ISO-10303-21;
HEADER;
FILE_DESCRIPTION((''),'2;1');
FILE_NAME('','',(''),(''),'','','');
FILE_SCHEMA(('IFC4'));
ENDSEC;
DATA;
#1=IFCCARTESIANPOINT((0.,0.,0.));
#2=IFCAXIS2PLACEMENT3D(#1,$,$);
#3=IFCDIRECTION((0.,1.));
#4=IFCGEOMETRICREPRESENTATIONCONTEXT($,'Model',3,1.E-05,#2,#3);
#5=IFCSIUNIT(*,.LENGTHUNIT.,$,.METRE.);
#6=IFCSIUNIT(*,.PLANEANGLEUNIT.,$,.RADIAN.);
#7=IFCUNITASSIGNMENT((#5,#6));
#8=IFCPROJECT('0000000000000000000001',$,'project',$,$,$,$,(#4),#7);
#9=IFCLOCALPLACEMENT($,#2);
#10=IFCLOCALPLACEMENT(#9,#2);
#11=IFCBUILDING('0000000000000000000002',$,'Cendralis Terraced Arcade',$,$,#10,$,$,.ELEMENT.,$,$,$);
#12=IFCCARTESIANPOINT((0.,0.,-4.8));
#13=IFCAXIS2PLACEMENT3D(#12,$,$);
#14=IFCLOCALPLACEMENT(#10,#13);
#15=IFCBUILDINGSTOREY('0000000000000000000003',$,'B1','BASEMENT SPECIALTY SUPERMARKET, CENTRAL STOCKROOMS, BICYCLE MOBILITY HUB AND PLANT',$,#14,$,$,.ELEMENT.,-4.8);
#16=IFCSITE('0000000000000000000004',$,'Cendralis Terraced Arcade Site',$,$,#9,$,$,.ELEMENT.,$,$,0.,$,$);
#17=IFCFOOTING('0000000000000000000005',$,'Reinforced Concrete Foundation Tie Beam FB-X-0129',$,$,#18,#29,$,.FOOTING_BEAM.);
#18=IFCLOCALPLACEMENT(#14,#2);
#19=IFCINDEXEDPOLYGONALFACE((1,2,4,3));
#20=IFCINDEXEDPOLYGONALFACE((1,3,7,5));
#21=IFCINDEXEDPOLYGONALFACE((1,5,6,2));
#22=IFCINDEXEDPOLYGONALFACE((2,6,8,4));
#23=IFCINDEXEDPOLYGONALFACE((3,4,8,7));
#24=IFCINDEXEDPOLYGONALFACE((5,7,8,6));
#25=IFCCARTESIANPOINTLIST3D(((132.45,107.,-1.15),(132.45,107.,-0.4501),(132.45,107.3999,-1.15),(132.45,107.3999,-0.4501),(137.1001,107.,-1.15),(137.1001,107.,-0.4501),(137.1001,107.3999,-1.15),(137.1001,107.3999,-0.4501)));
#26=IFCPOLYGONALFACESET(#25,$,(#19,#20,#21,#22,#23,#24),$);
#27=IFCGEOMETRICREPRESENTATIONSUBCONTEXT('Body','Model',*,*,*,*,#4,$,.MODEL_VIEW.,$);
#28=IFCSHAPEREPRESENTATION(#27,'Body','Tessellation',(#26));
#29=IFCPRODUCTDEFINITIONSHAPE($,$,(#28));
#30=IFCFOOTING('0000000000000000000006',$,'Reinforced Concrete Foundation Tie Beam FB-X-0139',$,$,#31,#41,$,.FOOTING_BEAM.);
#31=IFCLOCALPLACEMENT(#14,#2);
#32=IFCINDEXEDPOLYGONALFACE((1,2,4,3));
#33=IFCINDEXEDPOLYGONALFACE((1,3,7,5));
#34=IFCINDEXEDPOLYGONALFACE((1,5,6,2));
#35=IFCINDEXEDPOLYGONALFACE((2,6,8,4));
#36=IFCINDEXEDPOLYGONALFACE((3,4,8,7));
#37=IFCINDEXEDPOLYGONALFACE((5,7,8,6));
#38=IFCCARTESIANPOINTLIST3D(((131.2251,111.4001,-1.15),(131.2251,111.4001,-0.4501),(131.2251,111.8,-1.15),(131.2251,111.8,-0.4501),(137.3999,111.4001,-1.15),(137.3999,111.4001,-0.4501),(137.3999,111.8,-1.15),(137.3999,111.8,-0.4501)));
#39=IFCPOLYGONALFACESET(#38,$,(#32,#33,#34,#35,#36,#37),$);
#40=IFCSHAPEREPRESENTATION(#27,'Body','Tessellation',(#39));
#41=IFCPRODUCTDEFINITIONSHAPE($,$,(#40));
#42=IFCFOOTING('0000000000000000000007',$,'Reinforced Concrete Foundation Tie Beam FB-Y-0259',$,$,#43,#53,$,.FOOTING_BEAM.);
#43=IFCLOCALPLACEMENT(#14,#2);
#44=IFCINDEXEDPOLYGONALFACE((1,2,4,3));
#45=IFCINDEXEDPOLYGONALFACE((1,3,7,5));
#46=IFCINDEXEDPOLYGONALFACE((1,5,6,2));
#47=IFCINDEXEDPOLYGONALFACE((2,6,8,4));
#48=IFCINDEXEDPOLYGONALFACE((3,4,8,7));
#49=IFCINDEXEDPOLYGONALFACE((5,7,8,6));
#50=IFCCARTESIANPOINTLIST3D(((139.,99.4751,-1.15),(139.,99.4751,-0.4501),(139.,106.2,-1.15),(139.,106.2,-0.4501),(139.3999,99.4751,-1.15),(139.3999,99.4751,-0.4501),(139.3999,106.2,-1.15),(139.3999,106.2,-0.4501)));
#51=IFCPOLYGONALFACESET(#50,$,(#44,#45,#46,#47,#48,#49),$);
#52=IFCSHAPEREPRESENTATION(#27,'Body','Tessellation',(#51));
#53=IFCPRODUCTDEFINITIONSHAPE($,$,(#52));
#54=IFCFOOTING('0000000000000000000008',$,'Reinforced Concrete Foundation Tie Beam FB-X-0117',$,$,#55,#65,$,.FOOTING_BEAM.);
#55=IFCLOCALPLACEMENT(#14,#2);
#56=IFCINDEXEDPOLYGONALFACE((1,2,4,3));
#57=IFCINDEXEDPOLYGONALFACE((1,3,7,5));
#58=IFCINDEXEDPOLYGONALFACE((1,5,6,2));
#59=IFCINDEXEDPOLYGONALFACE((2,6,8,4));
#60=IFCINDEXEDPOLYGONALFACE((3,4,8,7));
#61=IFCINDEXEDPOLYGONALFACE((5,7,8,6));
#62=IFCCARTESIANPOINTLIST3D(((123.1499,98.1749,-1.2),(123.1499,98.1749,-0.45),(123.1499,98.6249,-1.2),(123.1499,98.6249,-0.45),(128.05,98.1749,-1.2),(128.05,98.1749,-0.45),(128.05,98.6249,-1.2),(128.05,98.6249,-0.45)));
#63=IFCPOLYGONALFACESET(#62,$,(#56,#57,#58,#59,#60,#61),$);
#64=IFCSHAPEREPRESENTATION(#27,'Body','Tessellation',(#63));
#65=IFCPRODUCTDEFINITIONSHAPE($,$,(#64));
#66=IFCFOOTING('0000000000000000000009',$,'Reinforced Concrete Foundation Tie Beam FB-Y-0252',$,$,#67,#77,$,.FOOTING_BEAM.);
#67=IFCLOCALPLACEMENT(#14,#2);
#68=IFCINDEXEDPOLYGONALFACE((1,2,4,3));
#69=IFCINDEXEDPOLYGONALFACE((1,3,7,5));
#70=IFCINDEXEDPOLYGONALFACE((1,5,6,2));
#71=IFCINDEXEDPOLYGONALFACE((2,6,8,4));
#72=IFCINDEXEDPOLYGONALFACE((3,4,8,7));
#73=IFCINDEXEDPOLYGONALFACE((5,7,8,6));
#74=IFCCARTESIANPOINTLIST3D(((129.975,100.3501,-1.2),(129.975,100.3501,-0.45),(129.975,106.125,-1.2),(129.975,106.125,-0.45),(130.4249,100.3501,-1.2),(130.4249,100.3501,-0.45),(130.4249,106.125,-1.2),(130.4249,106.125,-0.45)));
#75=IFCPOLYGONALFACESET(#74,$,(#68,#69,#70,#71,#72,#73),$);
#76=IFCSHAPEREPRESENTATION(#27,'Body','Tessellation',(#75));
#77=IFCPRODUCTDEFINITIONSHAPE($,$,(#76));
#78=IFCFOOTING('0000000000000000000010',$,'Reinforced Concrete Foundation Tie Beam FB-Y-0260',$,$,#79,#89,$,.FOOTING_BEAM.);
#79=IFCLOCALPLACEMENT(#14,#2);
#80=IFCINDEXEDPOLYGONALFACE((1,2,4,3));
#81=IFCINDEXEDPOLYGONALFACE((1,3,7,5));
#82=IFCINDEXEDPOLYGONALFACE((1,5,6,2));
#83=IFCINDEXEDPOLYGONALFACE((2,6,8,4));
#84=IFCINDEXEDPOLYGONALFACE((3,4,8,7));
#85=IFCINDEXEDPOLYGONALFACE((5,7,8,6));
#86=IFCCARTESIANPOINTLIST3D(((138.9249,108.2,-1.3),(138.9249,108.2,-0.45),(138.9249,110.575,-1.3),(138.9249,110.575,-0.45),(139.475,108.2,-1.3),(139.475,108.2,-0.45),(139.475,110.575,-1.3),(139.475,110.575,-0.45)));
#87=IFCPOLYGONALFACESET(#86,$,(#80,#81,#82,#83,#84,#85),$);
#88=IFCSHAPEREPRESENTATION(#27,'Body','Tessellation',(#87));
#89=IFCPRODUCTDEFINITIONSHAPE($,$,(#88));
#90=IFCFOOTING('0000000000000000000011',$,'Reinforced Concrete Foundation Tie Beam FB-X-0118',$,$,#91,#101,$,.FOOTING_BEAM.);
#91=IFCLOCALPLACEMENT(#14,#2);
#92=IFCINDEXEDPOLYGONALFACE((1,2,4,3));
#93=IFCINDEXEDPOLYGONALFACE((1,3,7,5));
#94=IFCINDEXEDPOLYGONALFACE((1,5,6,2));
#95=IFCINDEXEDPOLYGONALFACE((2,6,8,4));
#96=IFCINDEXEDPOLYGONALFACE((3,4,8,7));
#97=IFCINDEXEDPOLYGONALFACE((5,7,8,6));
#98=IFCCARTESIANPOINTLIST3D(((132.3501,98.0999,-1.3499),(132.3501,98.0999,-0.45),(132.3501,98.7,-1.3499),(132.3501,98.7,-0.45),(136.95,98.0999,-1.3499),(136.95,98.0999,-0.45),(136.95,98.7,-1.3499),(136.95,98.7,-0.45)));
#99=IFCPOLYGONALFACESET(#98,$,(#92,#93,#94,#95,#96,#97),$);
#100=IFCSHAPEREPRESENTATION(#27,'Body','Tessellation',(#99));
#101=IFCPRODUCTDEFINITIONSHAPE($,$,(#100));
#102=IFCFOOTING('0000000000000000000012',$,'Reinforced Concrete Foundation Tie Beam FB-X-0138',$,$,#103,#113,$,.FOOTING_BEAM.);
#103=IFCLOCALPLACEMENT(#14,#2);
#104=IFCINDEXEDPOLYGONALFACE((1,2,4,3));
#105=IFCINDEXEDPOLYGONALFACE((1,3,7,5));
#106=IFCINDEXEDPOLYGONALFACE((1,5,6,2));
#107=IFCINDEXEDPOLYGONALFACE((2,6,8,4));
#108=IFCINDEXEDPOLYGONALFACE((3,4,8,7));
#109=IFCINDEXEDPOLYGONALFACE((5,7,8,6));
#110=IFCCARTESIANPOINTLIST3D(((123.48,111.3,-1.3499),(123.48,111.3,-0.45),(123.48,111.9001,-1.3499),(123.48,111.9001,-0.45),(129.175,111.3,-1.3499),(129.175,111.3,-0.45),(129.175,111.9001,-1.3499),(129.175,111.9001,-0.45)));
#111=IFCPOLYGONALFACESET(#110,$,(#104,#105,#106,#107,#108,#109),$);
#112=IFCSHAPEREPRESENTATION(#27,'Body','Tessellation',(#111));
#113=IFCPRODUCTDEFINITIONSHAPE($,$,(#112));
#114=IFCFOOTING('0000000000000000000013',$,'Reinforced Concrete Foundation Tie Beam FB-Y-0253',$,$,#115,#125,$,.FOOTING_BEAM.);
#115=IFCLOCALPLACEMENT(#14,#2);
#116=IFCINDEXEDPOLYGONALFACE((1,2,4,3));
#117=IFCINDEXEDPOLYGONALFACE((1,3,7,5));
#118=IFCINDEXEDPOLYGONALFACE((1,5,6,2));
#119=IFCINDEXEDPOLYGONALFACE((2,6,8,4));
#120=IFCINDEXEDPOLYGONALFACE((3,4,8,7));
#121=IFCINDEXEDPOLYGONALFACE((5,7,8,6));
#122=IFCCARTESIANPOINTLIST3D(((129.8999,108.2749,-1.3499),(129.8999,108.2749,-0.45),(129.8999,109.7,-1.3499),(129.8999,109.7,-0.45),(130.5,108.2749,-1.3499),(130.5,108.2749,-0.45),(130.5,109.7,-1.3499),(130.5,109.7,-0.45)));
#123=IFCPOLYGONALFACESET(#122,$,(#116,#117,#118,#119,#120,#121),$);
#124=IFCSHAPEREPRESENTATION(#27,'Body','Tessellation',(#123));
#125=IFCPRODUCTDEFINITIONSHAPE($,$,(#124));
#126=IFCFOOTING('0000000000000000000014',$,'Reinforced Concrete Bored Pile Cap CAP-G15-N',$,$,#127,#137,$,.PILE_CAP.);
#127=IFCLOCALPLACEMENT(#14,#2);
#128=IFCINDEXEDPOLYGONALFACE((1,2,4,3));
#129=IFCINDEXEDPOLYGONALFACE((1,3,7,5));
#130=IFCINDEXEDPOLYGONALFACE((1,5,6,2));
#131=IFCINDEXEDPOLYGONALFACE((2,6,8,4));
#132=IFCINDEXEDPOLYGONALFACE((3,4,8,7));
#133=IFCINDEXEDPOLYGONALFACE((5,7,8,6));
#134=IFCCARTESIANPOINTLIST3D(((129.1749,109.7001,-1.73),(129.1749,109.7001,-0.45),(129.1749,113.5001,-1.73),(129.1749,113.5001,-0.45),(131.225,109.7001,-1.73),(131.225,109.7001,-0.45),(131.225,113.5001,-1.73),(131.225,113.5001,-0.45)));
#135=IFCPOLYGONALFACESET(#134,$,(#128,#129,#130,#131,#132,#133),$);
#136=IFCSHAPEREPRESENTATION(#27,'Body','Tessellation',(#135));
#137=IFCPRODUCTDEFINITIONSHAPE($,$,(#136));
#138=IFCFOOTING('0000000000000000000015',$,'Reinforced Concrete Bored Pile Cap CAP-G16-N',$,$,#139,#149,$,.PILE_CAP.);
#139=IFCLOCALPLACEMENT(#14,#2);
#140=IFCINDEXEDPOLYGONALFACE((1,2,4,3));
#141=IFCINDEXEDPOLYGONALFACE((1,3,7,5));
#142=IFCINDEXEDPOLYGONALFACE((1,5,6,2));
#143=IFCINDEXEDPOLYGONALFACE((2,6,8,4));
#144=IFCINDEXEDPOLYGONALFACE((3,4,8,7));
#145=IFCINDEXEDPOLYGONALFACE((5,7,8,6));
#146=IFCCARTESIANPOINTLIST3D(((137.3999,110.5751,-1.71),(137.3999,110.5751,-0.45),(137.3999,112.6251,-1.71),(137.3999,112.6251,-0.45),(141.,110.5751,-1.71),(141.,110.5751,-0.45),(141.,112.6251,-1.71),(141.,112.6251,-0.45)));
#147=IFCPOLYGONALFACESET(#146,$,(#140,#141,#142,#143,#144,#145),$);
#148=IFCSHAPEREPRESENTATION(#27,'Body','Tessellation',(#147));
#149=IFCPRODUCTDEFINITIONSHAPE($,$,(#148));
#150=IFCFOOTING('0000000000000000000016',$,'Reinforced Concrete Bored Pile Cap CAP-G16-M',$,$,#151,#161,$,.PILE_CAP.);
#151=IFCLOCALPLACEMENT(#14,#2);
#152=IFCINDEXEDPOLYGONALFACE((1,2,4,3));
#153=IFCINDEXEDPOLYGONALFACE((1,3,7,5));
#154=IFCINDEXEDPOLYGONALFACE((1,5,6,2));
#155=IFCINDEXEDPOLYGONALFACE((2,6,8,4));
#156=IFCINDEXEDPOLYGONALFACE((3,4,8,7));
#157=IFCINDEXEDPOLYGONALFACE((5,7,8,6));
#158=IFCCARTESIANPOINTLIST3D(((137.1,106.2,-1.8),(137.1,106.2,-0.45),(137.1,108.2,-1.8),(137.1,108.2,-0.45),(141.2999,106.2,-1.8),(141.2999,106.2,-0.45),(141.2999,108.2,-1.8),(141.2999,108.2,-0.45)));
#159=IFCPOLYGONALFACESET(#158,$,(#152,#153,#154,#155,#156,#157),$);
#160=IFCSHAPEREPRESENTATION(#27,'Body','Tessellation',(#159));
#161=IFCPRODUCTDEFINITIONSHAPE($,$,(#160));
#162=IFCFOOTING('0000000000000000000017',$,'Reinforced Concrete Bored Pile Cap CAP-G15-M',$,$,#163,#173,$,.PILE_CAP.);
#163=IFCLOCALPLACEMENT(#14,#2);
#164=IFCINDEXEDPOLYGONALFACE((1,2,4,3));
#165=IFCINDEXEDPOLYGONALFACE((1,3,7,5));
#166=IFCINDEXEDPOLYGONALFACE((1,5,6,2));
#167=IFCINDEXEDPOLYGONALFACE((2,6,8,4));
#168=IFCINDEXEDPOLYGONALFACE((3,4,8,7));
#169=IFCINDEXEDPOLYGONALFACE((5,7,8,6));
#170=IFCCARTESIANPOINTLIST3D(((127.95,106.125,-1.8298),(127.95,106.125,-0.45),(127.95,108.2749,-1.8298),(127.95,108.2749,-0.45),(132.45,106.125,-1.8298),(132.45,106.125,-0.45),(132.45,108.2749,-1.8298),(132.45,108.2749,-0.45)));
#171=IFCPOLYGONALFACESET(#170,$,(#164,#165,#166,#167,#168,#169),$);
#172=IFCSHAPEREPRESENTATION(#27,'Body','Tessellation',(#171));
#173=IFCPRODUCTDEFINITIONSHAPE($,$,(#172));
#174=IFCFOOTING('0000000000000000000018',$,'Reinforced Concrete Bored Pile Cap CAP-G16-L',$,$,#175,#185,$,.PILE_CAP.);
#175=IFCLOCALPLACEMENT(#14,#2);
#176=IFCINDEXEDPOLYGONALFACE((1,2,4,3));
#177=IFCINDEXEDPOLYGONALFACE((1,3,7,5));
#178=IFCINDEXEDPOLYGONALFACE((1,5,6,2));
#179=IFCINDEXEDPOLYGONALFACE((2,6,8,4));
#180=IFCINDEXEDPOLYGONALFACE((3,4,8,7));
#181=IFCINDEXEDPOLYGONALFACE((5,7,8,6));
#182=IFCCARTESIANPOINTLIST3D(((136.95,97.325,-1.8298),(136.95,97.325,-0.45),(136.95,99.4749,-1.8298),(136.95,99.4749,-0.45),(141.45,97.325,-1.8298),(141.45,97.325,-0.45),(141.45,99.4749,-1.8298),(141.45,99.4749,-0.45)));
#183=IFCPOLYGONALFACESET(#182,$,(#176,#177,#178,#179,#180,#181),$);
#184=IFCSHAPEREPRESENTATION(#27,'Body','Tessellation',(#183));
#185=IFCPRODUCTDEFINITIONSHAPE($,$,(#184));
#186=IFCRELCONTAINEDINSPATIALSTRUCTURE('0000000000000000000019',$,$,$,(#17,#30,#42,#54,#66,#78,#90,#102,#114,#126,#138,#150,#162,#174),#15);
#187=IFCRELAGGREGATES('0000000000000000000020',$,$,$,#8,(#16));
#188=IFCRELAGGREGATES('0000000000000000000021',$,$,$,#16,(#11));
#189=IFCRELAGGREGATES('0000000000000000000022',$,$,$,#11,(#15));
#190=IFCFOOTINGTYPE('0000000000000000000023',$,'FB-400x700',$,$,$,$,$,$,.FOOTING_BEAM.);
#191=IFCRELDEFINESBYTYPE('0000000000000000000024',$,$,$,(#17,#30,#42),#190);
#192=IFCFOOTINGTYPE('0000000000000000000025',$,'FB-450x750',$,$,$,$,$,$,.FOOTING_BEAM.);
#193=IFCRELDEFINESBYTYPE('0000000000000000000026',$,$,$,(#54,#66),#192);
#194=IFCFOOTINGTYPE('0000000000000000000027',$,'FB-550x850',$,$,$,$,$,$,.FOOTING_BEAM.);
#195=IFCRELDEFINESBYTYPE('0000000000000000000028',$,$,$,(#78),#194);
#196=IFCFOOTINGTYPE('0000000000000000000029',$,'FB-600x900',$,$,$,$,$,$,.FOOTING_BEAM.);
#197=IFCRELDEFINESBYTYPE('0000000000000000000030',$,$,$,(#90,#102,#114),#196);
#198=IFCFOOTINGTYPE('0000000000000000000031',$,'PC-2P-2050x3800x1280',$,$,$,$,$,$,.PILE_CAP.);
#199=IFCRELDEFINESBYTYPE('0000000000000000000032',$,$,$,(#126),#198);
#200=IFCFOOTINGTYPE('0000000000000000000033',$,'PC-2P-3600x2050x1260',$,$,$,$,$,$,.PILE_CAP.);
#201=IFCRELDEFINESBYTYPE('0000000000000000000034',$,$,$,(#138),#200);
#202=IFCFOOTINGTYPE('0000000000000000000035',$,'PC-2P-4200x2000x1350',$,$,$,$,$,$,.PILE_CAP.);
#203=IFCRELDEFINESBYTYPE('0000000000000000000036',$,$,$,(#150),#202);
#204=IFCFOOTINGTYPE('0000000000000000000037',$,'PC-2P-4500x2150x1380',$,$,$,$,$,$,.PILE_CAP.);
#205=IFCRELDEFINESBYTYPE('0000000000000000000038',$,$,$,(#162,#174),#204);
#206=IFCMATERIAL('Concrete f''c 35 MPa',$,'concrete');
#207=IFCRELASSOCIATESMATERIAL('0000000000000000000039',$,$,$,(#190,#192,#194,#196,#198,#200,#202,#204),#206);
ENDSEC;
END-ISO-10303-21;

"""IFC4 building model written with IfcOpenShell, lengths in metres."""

from ifc_helpers import new_model, si_unit, direction, frame, origin, origin_2d, place, context, subcontext, project, spatial, rectangle, extrude, material, material_profile, profile_set, type_object, element, save


model = new_model("IFC4")

# Units and contexts
model_context = context("Model", 3, precision=1e-05, world=origin(), true_north=direction((0.0, 1.0)))
body_context = subcontext(model_context, "Body", "Model", "MODEL_VIEW")
ifc_project = project(units=[si_unit("LENGTHUNIT", "METRE"), si_unit("PLANEANGLEUNIT", "RADIAN")], contexts=[model_context])

# Site, building, storey
site_placement = place(None, origin())
site = spatial("IfcSite", under=ifc_project, at=site_placement, Name="Cendralis Terraced Arcade Site", CompositionType="ELEMENT", RefElevation=0.0)
building_placement = place(site_placement, origin())
building = spatial("IfcBuilding", under=site, at=building_placement, Name="Cendralis Terraced Arcade", CompositionType="ELEMENT")
storey_placement = place(building_placement, frame((0.0, 0.0, -4.8)))
storey = spatial("IfcBuildingStorey", under=building, at=storey_placement, Name="B1", Description="BASEMENT SPECIALTY SUPERMARKET, CENTRAL STOCKROOMS, BICYCLE MOBILITY HUB AND PLANT", CompositionType="ELEMENT", Elevation=-4.8)

# Footings
ifc_material_1 = material(Name="Concrete f'c 35 MPa", Category="concrete")
ifc_material_profile_1 = material_profile(ifc_material_1, rectangle(XDim=0.3999, YDim=0.7, at=origin_2d()), Name="FB-400x700", Category="LoadBearing")
ifc_profile_set_1 = profile_set([ifc_material_profile_1], Name="Concrete f'c 35 MPa")
footing_type_1 = type_object("IfcFootingType", Name="FB-400x700", PredefinedType="FOOTING_BEAM", material=ifc_profile_set_1)
footing_1_placement = place(storey_placement, frame((132.45, 107.2, -0.8), z_axis=(1.0, 0.0, 0.0), x_axis=(0.0, 1.0, 0.0)))
element("IfcFooting", 1, at=footing_1_placement, inside=storey, type_object=footing_type_1, Name="Reinforced Concrete Foundation Tie Beam FB-X-0129", PredefinedType="FOOTING_BEAM", context=body_context, shape_type="SweptSolid", body=[
    extrude(rectangle(XDim=0.3999, YDim=0.7, at=origin_2d()), origin(), (0.0, 0.0, 1.0), 4.6501),
])
footing_2_placement = place(storey_placement, frame((131.2251, 111.6001, -0.8), z_axis=(1.0, 0.0, 0.0), x_axis=(0.0, 1.0, 0.0)))
element("IfcFooting", 2, at=footing_2_placement, inside=storey, type_object=footing_type_1, Name="Reinforced Concrete Foundation Tie Beam FB-X-0139", PredefinedType="FOOTING_BEAM", context=body_context, shape_type="SweptSolid", body=[
    extrude(rectangle(XDim=0.3999, YDim=0.7, at=origin_2d()), origin(), (0.0, 0.0, 1.0), 6.1748),
])
footing_3_placement = place(storey_placement, frame((139.2, 99.4751, -0.8), z_axis=(0.0, 1.0, 0.0), x_axis=(-1.0, 0.0, 0.0)))
element("IfcFooting", 3, at=footing_3_placement, inside=storey, type_object=footing_type_1, Name="Reinforced Concrete Foundation Tie Beam FB-Y-0259", PredefinedType="FOOTING_BEAM", context=body_context, shape_type="SweptSolid", body=[
    extrude(rectangle(XDim=0.3999, YDim=0.7, at=origin_2d()), origin(), (0.0, 0.0, 1.0), 6.7249),
])
ifc_material_profile_2 = material_profile(ifc_material_1, rectangle(XDim=0.45, YDim=0.75, at=origin_2d()), Name="FB-450x750", Category="LoadBearing")
ifc_profile_set_2 = profile_set([ifc_material_profile_2], Name="Concrete f'c 35 MPa")
footing_type_2 = type_object("IfcFootingType", Name="FB-450x750", PredefinedType="FOOTING_BEAM", material=ifc_profile_set_2)
footing_4_placement = place(storey_placement, frame((123.1499, 98.3999, -0.825), z_axis=(1.0, 0.0, 0.0), x_axis=(0.0, 1.0, 0.0)))
element("IfcFooting", 4, at=footing_4_placement, inside=storey, type_object=footing_type_2, Name="Reinforced Concrete Foundation Tie Beam FB-X-0117", PredefinedType="FOOTING_BEAM", context=body_context, shape_type="SweptSolid", body=[
    extrude(rectangle(XDim=0.45, YDim=0.75, at=origin_2d()), origin(), (0.0, 0.0, 1.0), 4.9001),
])
footing_5_placement = place(storey_placement, frame((130.2, 100.3501, -0.825), z_axis=(0.0, 1.0, 0.0), x_axis=(-1.0, 0.0, 0.0)))
element("IfcFooting", 5, at=footing_5_placement, inside=storey, type_object=footing_type_2, Name="Reinforced Concrete Foundation Tie Beam FB-Y-0252", PredefinedType="FOOTING_BEAM", context=body_context, shape_type="SweptSolid", body=[
    extrude(rectangle(XDim=0.45, YDim=0.75, at=origin_2d()), origin(), (0.0, 0.0, 1.0), 5.7749),
])
ifc_material_profile_3 = material_profile(ifc_material_1, rectangle(XDim=0.55, YDim=0.8501, at=origin_2d()), Name="FB-550x850", Category="LoadBearing")
ifc_profile_set_3 = profile_set([ifc_material_profile_3], Name="Concrete f'c 35 MPa")
footing_type_3 = type_object("IfcFootingType", Name="FB-550x850", PredefinedType="FOOTING_BEAM", material=ifc_profile_set_3)
footing_6_placement = place(storey_placement, frame((139.2, 108.2, -0.875), z_axis=(0.0, 1.0, 0.0), x_axis=(-1.0, 0.0, 0.0)))
element("IfcFooting", 6, at=footing_6_placement, inside=storey, type_object=footing_type_3, Name="Reinforced Concrete Foundation Tie Beam FB-Y-0260", PredefinedType="FOOTING_BEAM", context=body_context, shape_type="SweptSolid", body=[
    extrude(rectangle(XDim=0.55, YDim=0.8501, at=origin_2d()), origin(), (0.0, 0.0, 1.0), 2.375),
])
ifc_material_profile_4 = material_profile(ifc_material_1, rectangle(XDim=0.6001, YDim=0.8999, at=origin_2d()), Name="FB-600x900", Category="LoadBearing")
ifc_profile_set_4 = profile_set([ifc_material_profile_4], Name="Concrete f'c 35 MPa")
footing_type_4 = type_object("IfcFootingType", Name="FB-600x900", PredefinedType="FOOTING_BEAM", material=ifc_profile_set_4)
footing_7_placement = place(storey_placement, frame((132.3501, 98.3999, -0.8999), z_axis=(1.0, 0.0, 0.0), x_axis=(0.0, 1.0, 0.0)))
element("IfcFooting", 7, at=footing_7_placement, inside=storey, type_object=footing_type_4, Name="Reinforced Concrete Foundation Tie Beam FB-X-0118", PredefinedType="FOOTING_BEAM", context=body_context, shape_type="SweptSolid", body=[
    extrude(rectangle(XDim=0.6001, YDim=0.8999, at=origin_2d()), origin(), (0.0, 0.0, 1.0), 4.5999),
])
footing_8_placement = place(storey_placement, frame((123.48, 111.6001, -0.8999), z_axis=(1.0, 0.0, 0.0), x_axis=(0.0, 1.0, 0.0)))
element("IfcFooting", 8, at=footing_8_placement, inside=storey, type_object=footing_type_4, Name="Reinforced Concrete Foundation Tie Beam FB-X-0138", PredefinedType="FOOTING_BEAM", context=body_context, shape_type="SweptSolid", body=[
    extrude(rectangle(XDim=0.6001, YDim=0.8999, at=origin_2d()), origin(), (0.0, 0.0, 1.0), 5.6951),
])
footing_9_placement = place(storey_placement, frame((130.2, 108.2749, -0.8999), z_axis=(0.0, 1.0, 0.0), x_axis=(-1.0, 0.0, 0.0)))
element("IfcFooting", 9, at=footing_9_placement, inside=storey, type_object=footing_type_4, Name="Reinforced Concrete Foundation Tie Beam FB-Y-0253", PredefinedType="FOOTING_BEAM", context=body_context, shape_type="SweptSolid", body=[
    extrude(rectangle(XDim=0.6001, YDim=0.8999, at=origin_2d()), origin(), (0.0, 0.0, 1.0), 1.425),
])
footing_type_5 = type_object("IfcFootingType", Name="PC-2P-2050x3800x1280", PredefinedType="PILE_CAP", material=ifc_material_1)
footing_10_placement = place(storey_placement, frame((130.2, 111.6001, -1.73), z_axis=(0.0, 0.0, 1.0), x_axis=(1.0, 0.0, 0.0)))
element("IfcFooting", 10, at=footing_10_placement, inside=storey, type_object=footing_type_5, Name="Reinforced Concrete Bored Pile Cap CAP-G15-N", PredefinedType="PILE_CAP", context=body_context, shape_type="SweptSolid", body=[
    extrude(rectangle(XDim=2.05, YDim=3.8, at=origin_2d()), origin(), (0.0, 0.0, 1.0), 1.28),
])
footing_type_6 = type_object("IfcFootingType", Name="PC-2P-3600x2050x1260", PredefinedType="PILE_CAP", material=ifc_material_1)
footing_11_placement = place(storey_placement, frame((139.2, 111.6001, -1.71), z_axis=(0.0, 0.0, 1.0), x_axis=(1.0, 0.0, 0.0)))
element("IfcFooting", 11, at=footing_11_placement, inside=storey, type_object=footing_type_6, Name="Reinforced Concrete Bored Pile Cap CAP-G16-N", PredefinedType="PILE_CAP", context=body_context, shape_type="SweptSolid", body=[
    extrude(rectangle(XDim=3.6001, YDim=2.05, at=origin_2d()), origin(), (0.0, 0.0, 1.0), 1.26),
])
footing_type_7 = type_object("IfcFootingType", Name="PC-2P-4200x2000x1350", PredefinedType="PILE_CAP", material=ifc_material_1)
footing_12_placement = place(storey_placement, frame((139.2, 107.2, -1.8), z_axis=(0.0, 0.0, 1.0), x_axis=(1.0, 0.0, 0.0)))
element("IfcFooting", 12, at=footing_12_placement, inside=storey, type_object=footing_type_7, Name="Reinforced Concrete Bored Pile Cap CAP-G16-M", PredefinedType="PILE_CAP", context=body_context, shape_type="SweptSolid", body=[
    extrude(rectangle(XDim=4.2, YDim=2.0, at=origin_2d()), origin(), (0.0, 0.0, 1.0), 1.3501),
])
footing_type_8 = type_object("IfcFootingType", Name="PC-2P-4500x2150x1380", PredefinedType="PILE_CAP", material=ifc_material_1)
for number, where, z_axis, x_axis, name in (
    (13, (130.2, 107.2, -1.8298), (0.0, 0.0, 1.0), (1.0, 0.0, 0.0), "Reinforced Concrete Bored Pile Cap CAP-G15-M"),
    (14, (139.2, 98.3999, -1.8298), (0.0, 0.0, 1.0), (1.0, 0.0, 0.0), "Reinforced Concrete Bored Pile Cap CAP-G16-L"),
):
    element("IfcFooting", number, at=place(storey_placement, frame(where, z_axis=z_axis, x_axis=x_axis)), inside=storey, type_object=footing_type_8, Name=name, PredefinedType="PILE_CAP", context=body_context, shape_type="SweptSolid", body=[
        extrude(rectangle(XDim=4.5, YDim=2.1499, at=origin_2d()), origin(), (0.0, 0.0, 1.0), 1.3799),
    ])

save(model, "model.ifc")
